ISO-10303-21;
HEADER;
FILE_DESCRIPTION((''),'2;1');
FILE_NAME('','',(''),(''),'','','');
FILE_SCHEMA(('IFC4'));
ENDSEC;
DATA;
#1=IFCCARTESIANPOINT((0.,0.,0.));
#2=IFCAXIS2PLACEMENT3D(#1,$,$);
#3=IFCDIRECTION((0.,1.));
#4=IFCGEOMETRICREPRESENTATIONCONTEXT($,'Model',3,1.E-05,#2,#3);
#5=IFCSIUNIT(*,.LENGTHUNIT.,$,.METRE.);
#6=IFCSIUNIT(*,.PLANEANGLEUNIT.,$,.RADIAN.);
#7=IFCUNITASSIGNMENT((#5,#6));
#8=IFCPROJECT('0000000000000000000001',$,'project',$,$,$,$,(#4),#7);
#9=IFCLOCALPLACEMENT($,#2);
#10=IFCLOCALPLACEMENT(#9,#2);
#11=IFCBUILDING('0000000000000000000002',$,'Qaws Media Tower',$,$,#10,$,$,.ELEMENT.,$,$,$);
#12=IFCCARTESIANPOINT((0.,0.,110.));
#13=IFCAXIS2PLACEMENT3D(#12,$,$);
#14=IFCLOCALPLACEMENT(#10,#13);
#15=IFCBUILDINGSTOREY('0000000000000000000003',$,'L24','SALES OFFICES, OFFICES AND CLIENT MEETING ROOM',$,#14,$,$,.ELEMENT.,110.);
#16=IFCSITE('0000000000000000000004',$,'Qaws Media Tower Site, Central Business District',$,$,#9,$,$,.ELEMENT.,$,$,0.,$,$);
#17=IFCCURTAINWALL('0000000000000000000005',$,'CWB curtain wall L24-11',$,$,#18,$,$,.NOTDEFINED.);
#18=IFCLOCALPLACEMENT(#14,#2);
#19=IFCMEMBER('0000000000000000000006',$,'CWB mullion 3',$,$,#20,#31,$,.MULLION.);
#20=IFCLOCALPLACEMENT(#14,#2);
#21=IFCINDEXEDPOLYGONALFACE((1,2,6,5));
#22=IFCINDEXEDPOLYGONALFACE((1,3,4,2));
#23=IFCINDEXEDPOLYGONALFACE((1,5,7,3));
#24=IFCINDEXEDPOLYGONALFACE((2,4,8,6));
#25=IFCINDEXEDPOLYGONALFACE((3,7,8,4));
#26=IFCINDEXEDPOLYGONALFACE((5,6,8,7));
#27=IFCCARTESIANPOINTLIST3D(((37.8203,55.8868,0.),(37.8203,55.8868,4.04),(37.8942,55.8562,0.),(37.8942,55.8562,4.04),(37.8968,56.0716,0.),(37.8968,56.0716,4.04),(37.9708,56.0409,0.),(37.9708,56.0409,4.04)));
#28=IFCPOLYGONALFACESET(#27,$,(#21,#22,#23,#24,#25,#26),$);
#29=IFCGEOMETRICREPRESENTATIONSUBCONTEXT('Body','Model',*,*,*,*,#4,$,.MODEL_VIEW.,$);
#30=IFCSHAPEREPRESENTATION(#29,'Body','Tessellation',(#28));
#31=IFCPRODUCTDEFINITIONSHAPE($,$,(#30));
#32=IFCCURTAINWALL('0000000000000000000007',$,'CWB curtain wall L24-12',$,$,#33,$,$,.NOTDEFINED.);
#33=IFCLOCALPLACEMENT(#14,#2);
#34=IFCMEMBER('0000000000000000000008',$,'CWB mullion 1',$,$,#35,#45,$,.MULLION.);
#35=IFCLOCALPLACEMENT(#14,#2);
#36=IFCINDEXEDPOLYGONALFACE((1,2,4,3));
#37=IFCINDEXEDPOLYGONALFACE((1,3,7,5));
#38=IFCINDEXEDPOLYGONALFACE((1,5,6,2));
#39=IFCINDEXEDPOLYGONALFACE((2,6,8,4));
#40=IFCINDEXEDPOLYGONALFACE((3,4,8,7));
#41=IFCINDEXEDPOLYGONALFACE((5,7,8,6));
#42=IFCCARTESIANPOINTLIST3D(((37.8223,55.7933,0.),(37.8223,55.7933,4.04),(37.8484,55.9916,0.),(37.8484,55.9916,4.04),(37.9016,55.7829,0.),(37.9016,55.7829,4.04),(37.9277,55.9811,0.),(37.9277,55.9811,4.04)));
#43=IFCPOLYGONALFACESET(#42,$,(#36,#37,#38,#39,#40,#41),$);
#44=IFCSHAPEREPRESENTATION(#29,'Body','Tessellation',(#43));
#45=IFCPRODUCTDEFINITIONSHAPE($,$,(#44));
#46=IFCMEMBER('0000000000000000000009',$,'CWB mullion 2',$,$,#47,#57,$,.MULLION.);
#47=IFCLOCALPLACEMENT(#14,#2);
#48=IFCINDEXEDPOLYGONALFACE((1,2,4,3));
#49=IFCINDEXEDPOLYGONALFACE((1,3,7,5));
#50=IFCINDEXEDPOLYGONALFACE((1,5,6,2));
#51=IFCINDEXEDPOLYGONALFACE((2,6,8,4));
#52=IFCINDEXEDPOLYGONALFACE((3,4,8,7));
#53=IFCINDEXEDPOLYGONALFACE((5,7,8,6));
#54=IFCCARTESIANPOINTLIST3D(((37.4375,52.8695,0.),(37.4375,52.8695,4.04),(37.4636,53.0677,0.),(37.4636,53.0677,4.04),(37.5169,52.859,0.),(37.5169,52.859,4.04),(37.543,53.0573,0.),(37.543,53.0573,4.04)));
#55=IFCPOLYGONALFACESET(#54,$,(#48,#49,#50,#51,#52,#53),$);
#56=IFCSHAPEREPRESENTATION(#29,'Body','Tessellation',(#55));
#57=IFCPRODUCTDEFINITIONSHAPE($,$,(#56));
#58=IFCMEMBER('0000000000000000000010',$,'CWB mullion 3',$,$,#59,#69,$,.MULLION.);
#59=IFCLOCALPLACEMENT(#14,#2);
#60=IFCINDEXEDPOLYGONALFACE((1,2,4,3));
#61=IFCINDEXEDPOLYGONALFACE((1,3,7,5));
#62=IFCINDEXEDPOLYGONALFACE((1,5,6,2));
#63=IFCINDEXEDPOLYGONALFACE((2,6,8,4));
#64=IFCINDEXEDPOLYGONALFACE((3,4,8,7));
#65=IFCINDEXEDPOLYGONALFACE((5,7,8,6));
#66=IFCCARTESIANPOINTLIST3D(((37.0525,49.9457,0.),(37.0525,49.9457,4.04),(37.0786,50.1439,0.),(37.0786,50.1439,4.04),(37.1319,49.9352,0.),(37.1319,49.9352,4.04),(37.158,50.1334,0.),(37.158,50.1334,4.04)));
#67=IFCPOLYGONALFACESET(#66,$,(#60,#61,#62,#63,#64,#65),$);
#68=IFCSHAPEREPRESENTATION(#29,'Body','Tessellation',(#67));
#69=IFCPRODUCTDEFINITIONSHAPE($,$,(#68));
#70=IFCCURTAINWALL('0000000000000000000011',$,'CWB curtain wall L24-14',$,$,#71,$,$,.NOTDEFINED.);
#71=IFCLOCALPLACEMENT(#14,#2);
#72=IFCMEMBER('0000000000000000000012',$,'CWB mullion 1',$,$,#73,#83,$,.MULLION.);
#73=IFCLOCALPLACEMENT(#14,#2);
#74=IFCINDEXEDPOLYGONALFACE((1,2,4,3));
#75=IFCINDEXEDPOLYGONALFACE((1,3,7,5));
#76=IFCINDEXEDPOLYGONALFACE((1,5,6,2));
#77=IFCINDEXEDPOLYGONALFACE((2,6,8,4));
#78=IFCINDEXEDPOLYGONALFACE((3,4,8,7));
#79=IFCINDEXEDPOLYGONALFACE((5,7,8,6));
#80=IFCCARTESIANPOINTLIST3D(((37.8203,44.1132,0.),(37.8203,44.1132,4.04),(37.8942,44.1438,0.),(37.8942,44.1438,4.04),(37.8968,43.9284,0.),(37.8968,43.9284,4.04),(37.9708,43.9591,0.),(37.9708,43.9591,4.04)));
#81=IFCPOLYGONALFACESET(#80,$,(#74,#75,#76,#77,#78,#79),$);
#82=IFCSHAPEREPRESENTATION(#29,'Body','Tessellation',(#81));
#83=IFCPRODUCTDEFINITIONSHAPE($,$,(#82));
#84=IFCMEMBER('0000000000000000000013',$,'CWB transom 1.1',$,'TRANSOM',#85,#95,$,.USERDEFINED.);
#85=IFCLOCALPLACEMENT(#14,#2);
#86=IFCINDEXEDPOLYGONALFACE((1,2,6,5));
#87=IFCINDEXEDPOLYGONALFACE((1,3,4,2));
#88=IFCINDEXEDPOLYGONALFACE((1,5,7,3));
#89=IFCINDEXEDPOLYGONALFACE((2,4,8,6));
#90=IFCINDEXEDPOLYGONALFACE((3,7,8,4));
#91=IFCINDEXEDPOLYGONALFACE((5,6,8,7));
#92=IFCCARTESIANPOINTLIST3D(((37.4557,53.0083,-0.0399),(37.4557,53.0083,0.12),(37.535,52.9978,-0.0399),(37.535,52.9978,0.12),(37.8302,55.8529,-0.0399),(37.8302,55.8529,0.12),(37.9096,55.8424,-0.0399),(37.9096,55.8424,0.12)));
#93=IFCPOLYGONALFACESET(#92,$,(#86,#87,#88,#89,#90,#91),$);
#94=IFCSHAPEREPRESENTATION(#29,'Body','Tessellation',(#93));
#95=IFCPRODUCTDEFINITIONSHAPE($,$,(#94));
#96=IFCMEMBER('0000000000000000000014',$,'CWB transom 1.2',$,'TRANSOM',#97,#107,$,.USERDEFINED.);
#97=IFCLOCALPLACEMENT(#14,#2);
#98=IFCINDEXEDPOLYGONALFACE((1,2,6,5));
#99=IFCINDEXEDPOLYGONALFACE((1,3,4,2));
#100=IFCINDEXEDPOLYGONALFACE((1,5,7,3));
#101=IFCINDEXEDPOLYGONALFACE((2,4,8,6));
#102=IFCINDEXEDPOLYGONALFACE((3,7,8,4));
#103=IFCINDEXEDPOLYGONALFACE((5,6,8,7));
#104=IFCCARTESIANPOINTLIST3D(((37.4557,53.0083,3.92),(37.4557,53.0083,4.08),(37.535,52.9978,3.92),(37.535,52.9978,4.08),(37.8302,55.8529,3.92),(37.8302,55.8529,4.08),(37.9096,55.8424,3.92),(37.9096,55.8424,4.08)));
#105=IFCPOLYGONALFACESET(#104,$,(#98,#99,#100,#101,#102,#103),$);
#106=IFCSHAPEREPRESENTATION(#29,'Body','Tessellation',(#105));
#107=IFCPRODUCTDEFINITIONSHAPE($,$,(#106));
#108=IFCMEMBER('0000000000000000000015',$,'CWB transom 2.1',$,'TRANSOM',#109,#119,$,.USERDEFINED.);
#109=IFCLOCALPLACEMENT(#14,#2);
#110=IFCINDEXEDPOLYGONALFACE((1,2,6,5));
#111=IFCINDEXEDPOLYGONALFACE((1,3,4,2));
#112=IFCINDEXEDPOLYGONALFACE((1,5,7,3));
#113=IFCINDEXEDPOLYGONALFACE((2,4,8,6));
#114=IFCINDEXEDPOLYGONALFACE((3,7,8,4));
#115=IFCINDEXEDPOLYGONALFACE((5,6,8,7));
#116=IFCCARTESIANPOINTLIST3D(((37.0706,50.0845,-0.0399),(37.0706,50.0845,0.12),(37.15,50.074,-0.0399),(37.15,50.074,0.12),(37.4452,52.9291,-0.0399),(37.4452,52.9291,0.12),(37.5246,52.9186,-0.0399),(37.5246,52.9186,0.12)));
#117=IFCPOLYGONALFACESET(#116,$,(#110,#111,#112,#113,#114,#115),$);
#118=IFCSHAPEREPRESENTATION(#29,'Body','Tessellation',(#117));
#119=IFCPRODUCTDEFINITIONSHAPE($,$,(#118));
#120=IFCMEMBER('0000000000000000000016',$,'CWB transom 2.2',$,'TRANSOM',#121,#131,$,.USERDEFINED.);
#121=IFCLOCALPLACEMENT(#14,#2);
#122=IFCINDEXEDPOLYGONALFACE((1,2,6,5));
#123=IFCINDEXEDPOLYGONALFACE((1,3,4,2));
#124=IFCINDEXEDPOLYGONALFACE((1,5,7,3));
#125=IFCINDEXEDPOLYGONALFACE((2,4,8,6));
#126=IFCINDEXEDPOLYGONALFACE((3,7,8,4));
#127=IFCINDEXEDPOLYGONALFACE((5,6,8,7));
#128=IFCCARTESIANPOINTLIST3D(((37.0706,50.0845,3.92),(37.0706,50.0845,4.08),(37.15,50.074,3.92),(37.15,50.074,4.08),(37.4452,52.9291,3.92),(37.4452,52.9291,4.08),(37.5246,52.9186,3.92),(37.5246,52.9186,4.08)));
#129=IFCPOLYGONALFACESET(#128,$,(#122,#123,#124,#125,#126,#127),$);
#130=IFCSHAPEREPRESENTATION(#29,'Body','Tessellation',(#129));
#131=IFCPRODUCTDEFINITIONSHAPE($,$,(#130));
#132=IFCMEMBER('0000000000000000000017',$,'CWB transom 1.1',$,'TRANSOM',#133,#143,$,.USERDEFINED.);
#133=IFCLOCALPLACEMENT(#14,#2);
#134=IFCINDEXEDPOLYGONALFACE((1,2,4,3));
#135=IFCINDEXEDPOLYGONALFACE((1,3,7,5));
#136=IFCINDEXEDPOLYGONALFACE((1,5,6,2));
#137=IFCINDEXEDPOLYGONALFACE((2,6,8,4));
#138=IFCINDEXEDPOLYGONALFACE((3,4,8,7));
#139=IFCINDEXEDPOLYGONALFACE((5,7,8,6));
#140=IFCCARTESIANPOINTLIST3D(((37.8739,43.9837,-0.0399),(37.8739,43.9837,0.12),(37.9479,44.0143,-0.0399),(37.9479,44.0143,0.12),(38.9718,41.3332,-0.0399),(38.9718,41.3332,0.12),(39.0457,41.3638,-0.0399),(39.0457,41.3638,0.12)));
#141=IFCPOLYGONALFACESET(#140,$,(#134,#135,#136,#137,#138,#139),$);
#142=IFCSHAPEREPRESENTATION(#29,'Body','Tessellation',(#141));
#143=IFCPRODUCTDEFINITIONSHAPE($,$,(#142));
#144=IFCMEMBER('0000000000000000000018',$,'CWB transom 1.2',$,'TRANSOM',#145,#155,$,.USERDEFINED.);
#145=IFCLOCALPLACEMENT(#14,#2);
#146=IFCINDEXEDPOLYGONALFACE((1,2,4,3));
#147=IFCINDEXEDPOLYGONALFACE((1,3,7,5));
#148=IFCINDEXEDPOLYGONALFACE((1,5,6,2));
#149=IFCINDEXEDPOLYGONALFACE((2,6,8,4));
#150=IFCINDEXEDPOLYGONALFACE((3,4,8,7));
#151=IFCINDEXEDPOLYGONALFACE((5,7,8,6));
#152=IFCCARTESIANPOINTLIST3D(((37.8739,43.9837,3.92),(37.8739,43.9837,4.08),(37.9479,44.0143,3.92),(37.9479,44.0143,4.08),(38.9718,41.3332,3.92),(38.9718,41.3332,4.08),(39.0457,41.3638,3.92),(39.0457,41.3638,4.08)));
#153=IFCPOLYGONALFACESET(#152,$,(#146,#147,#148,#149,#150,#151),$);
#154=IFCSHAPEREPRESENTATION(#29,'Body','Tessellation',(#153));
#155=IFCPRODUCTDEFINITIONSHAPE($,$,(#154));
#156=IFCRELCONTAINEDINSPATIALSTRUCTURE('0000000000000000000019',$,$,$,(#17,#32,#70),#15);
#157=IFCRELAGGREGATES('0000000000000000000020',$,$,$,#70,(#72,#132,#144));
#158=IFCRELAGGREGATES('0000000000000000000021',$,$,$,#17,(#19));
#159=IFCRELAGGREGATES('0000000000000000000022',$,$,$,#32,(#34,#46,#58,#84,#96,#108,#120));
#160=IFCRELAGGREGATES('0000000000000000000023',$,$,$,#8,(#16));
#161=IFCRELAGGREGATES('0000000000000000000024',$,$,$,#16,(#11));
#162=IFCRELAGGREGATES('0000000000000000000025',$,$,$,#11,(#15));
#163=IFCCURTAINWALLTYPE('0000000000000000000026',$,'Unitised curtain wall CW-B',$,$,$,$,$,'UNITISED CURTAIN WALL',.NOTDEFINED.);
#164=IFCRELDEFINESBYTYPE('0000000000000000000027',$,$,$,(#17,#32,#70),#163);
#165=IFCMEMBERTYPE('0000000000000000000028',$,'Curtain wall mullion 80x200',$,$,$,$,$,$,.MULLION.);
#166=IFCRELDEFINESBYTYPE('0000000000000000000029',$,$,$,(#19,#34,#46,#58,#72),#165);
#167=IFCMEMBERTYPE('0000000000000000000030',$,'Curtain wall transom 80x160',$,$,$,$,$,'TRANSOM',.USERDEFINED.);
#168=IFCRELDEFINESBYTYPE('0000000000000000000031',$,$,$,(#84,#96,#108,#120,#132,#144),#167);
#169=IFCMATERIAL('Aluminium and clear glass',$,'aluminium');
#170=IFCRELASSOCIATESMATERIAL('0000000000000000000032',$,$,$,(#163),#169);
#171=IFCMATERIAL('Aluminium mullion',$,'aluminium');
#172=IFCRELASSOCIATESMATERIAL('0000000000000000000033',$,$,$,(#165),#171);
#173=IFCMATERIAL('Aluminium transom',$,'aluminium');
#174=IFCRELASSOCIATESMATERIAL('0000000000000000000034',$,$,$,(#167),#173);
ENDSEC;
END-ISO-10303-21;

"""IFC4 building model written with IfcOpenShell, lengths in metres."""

from ifc_helpers import new_model, si_unit, direction, frame, origin, origin_2d, place, context, subcontext, project, spatial, rectangle, extrude, material, material_profile, profile_set, type_object, element, aggregate, save


model = new_model("IFC4")

# Units and contexts
model_context = context("Model", 3, precision=1e-05, world=origin(), true_north=direction((0.0, 1.0)))
body_context = subcontext(model_context, "Body", "Model", "MODEL_VIEW")
ifc_project = project(units=[si_unit("LENGTHUNIT", "METRE"), si_unit("PLANEANGLEUNIT", "RADIAN")], contexts=[model_context])

# Site, building, storey
site_placement = place(None, origin())
site = spatial("IfcSite", under=ifc_project, at=site_placement, Name="Qaws Media Tower Site, Central Business District", CompositionType="ELEMENT", RefElevation=0.0)
building_placement = place(site_placement, origin())
building = spatial("IfcBuilding", under=site, at=building_placement, Name="Qaws Media Tower", CompositionType="ELEMENT")
storey_placement = place(building_placement, frame((0.0, 0.0, 110.0)))
storey = spatial("IfcBuildingStorey", under=building, at=storey_placement, Name="L24", Description="SALES OFFICES, OFFICES AND CLIENT MEETING ROOM", CompositionType="ELEMENT", Elevation=110.0)

# Curtain wall, member
ifc_material_1 = material(Name="Aluminium and clear glass", Category="aluminium")
curtain_wall_type = type_object("IfcCurtainWallType", Name="Unitised curtain wall CW-B", ElementType="UNITISED CURTAIN WALL", PredefinedType="NOTDEFINED", material=ifc_material_1)
curtain_wall_1_placement = place(storey_placement, origin())
curtain_wall_1 = element("IfcCurtainWall", 1, at=curtain_wall_1_placement, inside=storey, type_object=curtain_wall_type, Name="CWB curtain wall L24-11", PredefinedType="NOTDEFINED")
ifc_material_2 = material(Name="Aluminium mullion", Category="aluminium")
ifc_material_profile_1 = material_profile(ifc_material_2, rectangle(XDim=0.0801, YDim=0.2, at=origin_2d()), Name="80x200")
ifc_profile_set_1 = profile_set([ifc_material_profile_1], Name="Aluminium mullion")
member_type_1 = type_object("IfcMemberType", Name="Curtain wall mullion 80x200", PredefinedType="MULLION", material=ifc_profile_set_1)
member_1_placement = place(storey_placement, frame((37.8955, 55.9639, 0.0), z_axis=(0.0, 0.0, 1.0), x_axis=(0.92388, -0.382683, 0.0)))
member_1 = element("IfcMember", 2, at=member_1_placement, type_object=member_type_1, Name="CWB mullion 3", PredefinedType="MULLION", context=body_context, shape_type="SweptSolid", body=[
    extrude(rectangle(XDim=0.0801, YDim=0.2, at=origin_2d()), origin(), (0.0, 0.0, 1.0), 4.04),
])

# Curtain wall, members
curtain_wall_2_placement = place(storey_placement, origin())
curtain_wall_2 = element("IfcCurtainWall", 3, at=curtain_wall_2_placement, inside=storey, type_object=curtain_wall_type, Name="CWB curtain wall L24-12", PredefinedType="NOTDEFINED")
member_2_placement = place(storey_placement, frame((37.875, 55.8872, 0.0), z_axis=(0.0, 0.0, 1.0), x_axis=(0.991445, -0.130526, 0.0)))
member_2 = element("IfcMember", 4, at=member_2_placement, type_object=member_type_1, Name="CWB mullion 1", PredefinedType="MULLION", context=body_context, shape_type="SweptSolid", body=[
    extrude(rectangle(XDim=0.0801, YDim=0.2, at=origin_2d()), origin(), (0.0, 0.0, 1.0), 4.04),
])
member_3_placement = place(storey_placement, frame((37.4902, 52.9634, 0.0), z_axis=(0.0, 0.0, 1.0), x_axis=(0.991445, -0.130526, 0.0)))
member_3 = element("IfcMember", 5, at=member_3_placement, type_object=member_type_1, Name="CWB mullion 2", PredefinedType="MULLION", context=body_context, shape_type="SweptSolid", body=[
    extrude(rectangle(XDim=0.0801, YDim=0.2, at=origin_2d()), origin(), (0.0, 0.0, 1.0), 4.04),
])
member_4_placement = place(storey_placement, frame((37.1052, 50.0396, 0.0), z_axis=(0.0, 0.0, 1.0), x_axis=(0.991445, -0.130526, 0.0)))
member_4 = element("IfcMember", 6, at=member_4_placement, type_object=member_type_1, Name="CWB mullion 3", PredefinedType="MULLION", context=body_context, shape_type="SweptSolid", body=[
    extrude(rectangle(XDim=0.0801, YDim=0.2, at=origin_2d()), origin(), (0.0, 0.0, 1.0), 4.04),
])

# Curtain wall, member
curtain_wall_3_placement = place(storey_placement, origin())
curtain_wall_3 = element("IfcCurtainWall", 7, at=curtain_wall_3_placement, inside=storey, type_object=curtain_wall_type, Name="CWB curtain wall L24-14", PredefinedType="NOTDEFINED")
member_5_placement = place(storey_placement, frame((37.8955, 44.0361, 0.0), z_axis=(0.0, 0.0, 1.0), x_axis=(0.92388, 0.382683, 0.0)))
member_5 = element("IfcMember", 8, at=member_5_placement, type_object=member_type_1, Name="CWB mullion 1", PredefinedType="MULLION", context=body_context, shape_type="SweptSolid", body=[
    extrude(rectangle(XDim=0.0801, YDim=0.2, at=origin_2d()), origin(), (0.0, 0.0, 1.0), 4.04),
])

# Members
ifc_material_3 = material(Name="Aluminium transom", Category="aluminium")
ifc_material_profile_2 = material_profile(ifc_material_3, rectangle(XDim=0.0801, YDim=0.1599, at=origin_2d()), Name="80x160")
ifc_profile_set_2 = profile_set([ifc_material_profile_2], Name="Aluminium transom")
member_type_2 = type_object("IfcMemberType", Name="Curtain wall transom 80x160", ElementType="TRANSOM", PredefinedType="USERDEFINED", material=ifc_profile_set_2)
member_6_placement = place(storey_placement, frame((37.8699, 55.8477, 0.04), z_axis=(-0.130536, -0.991444, 0.0), x_axis=(0.991444, -0.130536, 0.0)))
member_6 = element("IfcMember", 9, at=member_6_placement, type_object=member_type_2, Name="CWB transom 1.1", ObjectType="TRANSOM", PredefinedType="USERDEFINED", context=body_context, shape_type="SweptSolid", body=[
    extrude(rectangle(XDim=0.0801, YDim=0.1599, at=origin_2d()), origin(), (0.0, 0.0, 1.0), 2.8691),
])
member_7_placement = place(storey_placement, frame((37.8699, 55.8477, 4.0), z_axis=(-0.130536, -0.991444, 0.0), x_axis=(0.991444, -0.130536, 0.0)))
member_7 = element("IfcMember", 10, at=member_7_placement, type_object=member_type_2, Name="CWB transom 1.2", ObjectType="TRANSOM", PredefinedType="USERDEFINED", context=body_context, shape_type="SweptSolid", body=[
    extrude(rectangle(XDim=0.0801, YDim=0.1599, at=origin_2d()), origin(), (0.0, 0.0, 1.0), 2.8691),
])
member_8_placement = place(storey_placement, frame((37.4849, 52.9238, 0.04), z_axis=(-0.130536, -0.991444, 0.0), x_axis=(0.991444, -0.130536, 0.0)))
member_8 = element("IfcMember", 11, at=member_8_placement, type_object=member_type_2, Name="CWB transom 2.1", ObjectType="TRANSOM", PredefinedType="USERDEFINED", context=body_context, shape_type="SweptSolid", body=[
    extrude(rectangle(XDim=0.0801, YDim=0.1599, at=origin_2d()), origin(), (0.0, 0.0, 1.0), 2.8691),
])
member_9_placement = place(storey_placement, frame((37.4849, 52.9238, 4.0), z_axis=(-0.130536, -0.991444, 0.0), x_axis=(0.991444, -0.130536, 0.0)))
member_9 = element("IfcMember", 12, at=member_9_placement, type_object=member_type_2, Name="CWB transom 2.2", ObjectType="TRANSOM", PredefinedType="USERDEFINED", context=body_context, shape_type="SweptSolid", body=[
    extrude(rectangle(XDim=0.0801, YDim=0.1599, at=origin_2d()), origin(), (0.0, 0.0, 1.0), 2.8691),
])
member_10_placement = place(storey_placement, frame((37.9109, 43.999, 0.04), z_axis=(0.382675, -0.923883, 0.0), x_axis=(0.923883, 0.382675, 0.0)))
member_10 = element("IfcMember", 13, at=member_10_placement, type_object=member_type_2, Name="CWB transom 1.1", ObjectType="TRANSOM", PredefinedType="USERDEFINED", context=body_context, shape_type="SweptSolid", body=[
    extrude(rectangle(XDim=0.0801, YDim=0.1599, at=origin_2d()), origin(), (0.0, 0.0, 1.0), 2.8689),
])
member_11_placement = place(storey_placement, frame((37.9109, 43.999, 4.0), z_axis=(0.382675, -0.923883, 0.0), x_axis=(0.923883, 0.382675, 0.0)))
member_11 = element("IfcMember", 14, at=member_11_placement, type_object=member_type_2, Name="CWB transom 1.2", ObjectType="TRANSOM", PredefinedType="USERDEFINED", context=body_context, shape_type="SweptSolid", body=[
    extrude(rectangle(XDim=0.0801, YDim=0.1599, at=origin_2d()), origin(), (0.0, 0.0, 1.0), 2.8689),
])
aggregate(curtain_wall_3, [member_5, member_10, member_11])

aggregate(curtain_wall_1, [member_1])
aggregate(curtain_wall_2, [member_2, member_3, member_4, member_6, member_7, member_8, member_9])

save(model, "model.ifc")
